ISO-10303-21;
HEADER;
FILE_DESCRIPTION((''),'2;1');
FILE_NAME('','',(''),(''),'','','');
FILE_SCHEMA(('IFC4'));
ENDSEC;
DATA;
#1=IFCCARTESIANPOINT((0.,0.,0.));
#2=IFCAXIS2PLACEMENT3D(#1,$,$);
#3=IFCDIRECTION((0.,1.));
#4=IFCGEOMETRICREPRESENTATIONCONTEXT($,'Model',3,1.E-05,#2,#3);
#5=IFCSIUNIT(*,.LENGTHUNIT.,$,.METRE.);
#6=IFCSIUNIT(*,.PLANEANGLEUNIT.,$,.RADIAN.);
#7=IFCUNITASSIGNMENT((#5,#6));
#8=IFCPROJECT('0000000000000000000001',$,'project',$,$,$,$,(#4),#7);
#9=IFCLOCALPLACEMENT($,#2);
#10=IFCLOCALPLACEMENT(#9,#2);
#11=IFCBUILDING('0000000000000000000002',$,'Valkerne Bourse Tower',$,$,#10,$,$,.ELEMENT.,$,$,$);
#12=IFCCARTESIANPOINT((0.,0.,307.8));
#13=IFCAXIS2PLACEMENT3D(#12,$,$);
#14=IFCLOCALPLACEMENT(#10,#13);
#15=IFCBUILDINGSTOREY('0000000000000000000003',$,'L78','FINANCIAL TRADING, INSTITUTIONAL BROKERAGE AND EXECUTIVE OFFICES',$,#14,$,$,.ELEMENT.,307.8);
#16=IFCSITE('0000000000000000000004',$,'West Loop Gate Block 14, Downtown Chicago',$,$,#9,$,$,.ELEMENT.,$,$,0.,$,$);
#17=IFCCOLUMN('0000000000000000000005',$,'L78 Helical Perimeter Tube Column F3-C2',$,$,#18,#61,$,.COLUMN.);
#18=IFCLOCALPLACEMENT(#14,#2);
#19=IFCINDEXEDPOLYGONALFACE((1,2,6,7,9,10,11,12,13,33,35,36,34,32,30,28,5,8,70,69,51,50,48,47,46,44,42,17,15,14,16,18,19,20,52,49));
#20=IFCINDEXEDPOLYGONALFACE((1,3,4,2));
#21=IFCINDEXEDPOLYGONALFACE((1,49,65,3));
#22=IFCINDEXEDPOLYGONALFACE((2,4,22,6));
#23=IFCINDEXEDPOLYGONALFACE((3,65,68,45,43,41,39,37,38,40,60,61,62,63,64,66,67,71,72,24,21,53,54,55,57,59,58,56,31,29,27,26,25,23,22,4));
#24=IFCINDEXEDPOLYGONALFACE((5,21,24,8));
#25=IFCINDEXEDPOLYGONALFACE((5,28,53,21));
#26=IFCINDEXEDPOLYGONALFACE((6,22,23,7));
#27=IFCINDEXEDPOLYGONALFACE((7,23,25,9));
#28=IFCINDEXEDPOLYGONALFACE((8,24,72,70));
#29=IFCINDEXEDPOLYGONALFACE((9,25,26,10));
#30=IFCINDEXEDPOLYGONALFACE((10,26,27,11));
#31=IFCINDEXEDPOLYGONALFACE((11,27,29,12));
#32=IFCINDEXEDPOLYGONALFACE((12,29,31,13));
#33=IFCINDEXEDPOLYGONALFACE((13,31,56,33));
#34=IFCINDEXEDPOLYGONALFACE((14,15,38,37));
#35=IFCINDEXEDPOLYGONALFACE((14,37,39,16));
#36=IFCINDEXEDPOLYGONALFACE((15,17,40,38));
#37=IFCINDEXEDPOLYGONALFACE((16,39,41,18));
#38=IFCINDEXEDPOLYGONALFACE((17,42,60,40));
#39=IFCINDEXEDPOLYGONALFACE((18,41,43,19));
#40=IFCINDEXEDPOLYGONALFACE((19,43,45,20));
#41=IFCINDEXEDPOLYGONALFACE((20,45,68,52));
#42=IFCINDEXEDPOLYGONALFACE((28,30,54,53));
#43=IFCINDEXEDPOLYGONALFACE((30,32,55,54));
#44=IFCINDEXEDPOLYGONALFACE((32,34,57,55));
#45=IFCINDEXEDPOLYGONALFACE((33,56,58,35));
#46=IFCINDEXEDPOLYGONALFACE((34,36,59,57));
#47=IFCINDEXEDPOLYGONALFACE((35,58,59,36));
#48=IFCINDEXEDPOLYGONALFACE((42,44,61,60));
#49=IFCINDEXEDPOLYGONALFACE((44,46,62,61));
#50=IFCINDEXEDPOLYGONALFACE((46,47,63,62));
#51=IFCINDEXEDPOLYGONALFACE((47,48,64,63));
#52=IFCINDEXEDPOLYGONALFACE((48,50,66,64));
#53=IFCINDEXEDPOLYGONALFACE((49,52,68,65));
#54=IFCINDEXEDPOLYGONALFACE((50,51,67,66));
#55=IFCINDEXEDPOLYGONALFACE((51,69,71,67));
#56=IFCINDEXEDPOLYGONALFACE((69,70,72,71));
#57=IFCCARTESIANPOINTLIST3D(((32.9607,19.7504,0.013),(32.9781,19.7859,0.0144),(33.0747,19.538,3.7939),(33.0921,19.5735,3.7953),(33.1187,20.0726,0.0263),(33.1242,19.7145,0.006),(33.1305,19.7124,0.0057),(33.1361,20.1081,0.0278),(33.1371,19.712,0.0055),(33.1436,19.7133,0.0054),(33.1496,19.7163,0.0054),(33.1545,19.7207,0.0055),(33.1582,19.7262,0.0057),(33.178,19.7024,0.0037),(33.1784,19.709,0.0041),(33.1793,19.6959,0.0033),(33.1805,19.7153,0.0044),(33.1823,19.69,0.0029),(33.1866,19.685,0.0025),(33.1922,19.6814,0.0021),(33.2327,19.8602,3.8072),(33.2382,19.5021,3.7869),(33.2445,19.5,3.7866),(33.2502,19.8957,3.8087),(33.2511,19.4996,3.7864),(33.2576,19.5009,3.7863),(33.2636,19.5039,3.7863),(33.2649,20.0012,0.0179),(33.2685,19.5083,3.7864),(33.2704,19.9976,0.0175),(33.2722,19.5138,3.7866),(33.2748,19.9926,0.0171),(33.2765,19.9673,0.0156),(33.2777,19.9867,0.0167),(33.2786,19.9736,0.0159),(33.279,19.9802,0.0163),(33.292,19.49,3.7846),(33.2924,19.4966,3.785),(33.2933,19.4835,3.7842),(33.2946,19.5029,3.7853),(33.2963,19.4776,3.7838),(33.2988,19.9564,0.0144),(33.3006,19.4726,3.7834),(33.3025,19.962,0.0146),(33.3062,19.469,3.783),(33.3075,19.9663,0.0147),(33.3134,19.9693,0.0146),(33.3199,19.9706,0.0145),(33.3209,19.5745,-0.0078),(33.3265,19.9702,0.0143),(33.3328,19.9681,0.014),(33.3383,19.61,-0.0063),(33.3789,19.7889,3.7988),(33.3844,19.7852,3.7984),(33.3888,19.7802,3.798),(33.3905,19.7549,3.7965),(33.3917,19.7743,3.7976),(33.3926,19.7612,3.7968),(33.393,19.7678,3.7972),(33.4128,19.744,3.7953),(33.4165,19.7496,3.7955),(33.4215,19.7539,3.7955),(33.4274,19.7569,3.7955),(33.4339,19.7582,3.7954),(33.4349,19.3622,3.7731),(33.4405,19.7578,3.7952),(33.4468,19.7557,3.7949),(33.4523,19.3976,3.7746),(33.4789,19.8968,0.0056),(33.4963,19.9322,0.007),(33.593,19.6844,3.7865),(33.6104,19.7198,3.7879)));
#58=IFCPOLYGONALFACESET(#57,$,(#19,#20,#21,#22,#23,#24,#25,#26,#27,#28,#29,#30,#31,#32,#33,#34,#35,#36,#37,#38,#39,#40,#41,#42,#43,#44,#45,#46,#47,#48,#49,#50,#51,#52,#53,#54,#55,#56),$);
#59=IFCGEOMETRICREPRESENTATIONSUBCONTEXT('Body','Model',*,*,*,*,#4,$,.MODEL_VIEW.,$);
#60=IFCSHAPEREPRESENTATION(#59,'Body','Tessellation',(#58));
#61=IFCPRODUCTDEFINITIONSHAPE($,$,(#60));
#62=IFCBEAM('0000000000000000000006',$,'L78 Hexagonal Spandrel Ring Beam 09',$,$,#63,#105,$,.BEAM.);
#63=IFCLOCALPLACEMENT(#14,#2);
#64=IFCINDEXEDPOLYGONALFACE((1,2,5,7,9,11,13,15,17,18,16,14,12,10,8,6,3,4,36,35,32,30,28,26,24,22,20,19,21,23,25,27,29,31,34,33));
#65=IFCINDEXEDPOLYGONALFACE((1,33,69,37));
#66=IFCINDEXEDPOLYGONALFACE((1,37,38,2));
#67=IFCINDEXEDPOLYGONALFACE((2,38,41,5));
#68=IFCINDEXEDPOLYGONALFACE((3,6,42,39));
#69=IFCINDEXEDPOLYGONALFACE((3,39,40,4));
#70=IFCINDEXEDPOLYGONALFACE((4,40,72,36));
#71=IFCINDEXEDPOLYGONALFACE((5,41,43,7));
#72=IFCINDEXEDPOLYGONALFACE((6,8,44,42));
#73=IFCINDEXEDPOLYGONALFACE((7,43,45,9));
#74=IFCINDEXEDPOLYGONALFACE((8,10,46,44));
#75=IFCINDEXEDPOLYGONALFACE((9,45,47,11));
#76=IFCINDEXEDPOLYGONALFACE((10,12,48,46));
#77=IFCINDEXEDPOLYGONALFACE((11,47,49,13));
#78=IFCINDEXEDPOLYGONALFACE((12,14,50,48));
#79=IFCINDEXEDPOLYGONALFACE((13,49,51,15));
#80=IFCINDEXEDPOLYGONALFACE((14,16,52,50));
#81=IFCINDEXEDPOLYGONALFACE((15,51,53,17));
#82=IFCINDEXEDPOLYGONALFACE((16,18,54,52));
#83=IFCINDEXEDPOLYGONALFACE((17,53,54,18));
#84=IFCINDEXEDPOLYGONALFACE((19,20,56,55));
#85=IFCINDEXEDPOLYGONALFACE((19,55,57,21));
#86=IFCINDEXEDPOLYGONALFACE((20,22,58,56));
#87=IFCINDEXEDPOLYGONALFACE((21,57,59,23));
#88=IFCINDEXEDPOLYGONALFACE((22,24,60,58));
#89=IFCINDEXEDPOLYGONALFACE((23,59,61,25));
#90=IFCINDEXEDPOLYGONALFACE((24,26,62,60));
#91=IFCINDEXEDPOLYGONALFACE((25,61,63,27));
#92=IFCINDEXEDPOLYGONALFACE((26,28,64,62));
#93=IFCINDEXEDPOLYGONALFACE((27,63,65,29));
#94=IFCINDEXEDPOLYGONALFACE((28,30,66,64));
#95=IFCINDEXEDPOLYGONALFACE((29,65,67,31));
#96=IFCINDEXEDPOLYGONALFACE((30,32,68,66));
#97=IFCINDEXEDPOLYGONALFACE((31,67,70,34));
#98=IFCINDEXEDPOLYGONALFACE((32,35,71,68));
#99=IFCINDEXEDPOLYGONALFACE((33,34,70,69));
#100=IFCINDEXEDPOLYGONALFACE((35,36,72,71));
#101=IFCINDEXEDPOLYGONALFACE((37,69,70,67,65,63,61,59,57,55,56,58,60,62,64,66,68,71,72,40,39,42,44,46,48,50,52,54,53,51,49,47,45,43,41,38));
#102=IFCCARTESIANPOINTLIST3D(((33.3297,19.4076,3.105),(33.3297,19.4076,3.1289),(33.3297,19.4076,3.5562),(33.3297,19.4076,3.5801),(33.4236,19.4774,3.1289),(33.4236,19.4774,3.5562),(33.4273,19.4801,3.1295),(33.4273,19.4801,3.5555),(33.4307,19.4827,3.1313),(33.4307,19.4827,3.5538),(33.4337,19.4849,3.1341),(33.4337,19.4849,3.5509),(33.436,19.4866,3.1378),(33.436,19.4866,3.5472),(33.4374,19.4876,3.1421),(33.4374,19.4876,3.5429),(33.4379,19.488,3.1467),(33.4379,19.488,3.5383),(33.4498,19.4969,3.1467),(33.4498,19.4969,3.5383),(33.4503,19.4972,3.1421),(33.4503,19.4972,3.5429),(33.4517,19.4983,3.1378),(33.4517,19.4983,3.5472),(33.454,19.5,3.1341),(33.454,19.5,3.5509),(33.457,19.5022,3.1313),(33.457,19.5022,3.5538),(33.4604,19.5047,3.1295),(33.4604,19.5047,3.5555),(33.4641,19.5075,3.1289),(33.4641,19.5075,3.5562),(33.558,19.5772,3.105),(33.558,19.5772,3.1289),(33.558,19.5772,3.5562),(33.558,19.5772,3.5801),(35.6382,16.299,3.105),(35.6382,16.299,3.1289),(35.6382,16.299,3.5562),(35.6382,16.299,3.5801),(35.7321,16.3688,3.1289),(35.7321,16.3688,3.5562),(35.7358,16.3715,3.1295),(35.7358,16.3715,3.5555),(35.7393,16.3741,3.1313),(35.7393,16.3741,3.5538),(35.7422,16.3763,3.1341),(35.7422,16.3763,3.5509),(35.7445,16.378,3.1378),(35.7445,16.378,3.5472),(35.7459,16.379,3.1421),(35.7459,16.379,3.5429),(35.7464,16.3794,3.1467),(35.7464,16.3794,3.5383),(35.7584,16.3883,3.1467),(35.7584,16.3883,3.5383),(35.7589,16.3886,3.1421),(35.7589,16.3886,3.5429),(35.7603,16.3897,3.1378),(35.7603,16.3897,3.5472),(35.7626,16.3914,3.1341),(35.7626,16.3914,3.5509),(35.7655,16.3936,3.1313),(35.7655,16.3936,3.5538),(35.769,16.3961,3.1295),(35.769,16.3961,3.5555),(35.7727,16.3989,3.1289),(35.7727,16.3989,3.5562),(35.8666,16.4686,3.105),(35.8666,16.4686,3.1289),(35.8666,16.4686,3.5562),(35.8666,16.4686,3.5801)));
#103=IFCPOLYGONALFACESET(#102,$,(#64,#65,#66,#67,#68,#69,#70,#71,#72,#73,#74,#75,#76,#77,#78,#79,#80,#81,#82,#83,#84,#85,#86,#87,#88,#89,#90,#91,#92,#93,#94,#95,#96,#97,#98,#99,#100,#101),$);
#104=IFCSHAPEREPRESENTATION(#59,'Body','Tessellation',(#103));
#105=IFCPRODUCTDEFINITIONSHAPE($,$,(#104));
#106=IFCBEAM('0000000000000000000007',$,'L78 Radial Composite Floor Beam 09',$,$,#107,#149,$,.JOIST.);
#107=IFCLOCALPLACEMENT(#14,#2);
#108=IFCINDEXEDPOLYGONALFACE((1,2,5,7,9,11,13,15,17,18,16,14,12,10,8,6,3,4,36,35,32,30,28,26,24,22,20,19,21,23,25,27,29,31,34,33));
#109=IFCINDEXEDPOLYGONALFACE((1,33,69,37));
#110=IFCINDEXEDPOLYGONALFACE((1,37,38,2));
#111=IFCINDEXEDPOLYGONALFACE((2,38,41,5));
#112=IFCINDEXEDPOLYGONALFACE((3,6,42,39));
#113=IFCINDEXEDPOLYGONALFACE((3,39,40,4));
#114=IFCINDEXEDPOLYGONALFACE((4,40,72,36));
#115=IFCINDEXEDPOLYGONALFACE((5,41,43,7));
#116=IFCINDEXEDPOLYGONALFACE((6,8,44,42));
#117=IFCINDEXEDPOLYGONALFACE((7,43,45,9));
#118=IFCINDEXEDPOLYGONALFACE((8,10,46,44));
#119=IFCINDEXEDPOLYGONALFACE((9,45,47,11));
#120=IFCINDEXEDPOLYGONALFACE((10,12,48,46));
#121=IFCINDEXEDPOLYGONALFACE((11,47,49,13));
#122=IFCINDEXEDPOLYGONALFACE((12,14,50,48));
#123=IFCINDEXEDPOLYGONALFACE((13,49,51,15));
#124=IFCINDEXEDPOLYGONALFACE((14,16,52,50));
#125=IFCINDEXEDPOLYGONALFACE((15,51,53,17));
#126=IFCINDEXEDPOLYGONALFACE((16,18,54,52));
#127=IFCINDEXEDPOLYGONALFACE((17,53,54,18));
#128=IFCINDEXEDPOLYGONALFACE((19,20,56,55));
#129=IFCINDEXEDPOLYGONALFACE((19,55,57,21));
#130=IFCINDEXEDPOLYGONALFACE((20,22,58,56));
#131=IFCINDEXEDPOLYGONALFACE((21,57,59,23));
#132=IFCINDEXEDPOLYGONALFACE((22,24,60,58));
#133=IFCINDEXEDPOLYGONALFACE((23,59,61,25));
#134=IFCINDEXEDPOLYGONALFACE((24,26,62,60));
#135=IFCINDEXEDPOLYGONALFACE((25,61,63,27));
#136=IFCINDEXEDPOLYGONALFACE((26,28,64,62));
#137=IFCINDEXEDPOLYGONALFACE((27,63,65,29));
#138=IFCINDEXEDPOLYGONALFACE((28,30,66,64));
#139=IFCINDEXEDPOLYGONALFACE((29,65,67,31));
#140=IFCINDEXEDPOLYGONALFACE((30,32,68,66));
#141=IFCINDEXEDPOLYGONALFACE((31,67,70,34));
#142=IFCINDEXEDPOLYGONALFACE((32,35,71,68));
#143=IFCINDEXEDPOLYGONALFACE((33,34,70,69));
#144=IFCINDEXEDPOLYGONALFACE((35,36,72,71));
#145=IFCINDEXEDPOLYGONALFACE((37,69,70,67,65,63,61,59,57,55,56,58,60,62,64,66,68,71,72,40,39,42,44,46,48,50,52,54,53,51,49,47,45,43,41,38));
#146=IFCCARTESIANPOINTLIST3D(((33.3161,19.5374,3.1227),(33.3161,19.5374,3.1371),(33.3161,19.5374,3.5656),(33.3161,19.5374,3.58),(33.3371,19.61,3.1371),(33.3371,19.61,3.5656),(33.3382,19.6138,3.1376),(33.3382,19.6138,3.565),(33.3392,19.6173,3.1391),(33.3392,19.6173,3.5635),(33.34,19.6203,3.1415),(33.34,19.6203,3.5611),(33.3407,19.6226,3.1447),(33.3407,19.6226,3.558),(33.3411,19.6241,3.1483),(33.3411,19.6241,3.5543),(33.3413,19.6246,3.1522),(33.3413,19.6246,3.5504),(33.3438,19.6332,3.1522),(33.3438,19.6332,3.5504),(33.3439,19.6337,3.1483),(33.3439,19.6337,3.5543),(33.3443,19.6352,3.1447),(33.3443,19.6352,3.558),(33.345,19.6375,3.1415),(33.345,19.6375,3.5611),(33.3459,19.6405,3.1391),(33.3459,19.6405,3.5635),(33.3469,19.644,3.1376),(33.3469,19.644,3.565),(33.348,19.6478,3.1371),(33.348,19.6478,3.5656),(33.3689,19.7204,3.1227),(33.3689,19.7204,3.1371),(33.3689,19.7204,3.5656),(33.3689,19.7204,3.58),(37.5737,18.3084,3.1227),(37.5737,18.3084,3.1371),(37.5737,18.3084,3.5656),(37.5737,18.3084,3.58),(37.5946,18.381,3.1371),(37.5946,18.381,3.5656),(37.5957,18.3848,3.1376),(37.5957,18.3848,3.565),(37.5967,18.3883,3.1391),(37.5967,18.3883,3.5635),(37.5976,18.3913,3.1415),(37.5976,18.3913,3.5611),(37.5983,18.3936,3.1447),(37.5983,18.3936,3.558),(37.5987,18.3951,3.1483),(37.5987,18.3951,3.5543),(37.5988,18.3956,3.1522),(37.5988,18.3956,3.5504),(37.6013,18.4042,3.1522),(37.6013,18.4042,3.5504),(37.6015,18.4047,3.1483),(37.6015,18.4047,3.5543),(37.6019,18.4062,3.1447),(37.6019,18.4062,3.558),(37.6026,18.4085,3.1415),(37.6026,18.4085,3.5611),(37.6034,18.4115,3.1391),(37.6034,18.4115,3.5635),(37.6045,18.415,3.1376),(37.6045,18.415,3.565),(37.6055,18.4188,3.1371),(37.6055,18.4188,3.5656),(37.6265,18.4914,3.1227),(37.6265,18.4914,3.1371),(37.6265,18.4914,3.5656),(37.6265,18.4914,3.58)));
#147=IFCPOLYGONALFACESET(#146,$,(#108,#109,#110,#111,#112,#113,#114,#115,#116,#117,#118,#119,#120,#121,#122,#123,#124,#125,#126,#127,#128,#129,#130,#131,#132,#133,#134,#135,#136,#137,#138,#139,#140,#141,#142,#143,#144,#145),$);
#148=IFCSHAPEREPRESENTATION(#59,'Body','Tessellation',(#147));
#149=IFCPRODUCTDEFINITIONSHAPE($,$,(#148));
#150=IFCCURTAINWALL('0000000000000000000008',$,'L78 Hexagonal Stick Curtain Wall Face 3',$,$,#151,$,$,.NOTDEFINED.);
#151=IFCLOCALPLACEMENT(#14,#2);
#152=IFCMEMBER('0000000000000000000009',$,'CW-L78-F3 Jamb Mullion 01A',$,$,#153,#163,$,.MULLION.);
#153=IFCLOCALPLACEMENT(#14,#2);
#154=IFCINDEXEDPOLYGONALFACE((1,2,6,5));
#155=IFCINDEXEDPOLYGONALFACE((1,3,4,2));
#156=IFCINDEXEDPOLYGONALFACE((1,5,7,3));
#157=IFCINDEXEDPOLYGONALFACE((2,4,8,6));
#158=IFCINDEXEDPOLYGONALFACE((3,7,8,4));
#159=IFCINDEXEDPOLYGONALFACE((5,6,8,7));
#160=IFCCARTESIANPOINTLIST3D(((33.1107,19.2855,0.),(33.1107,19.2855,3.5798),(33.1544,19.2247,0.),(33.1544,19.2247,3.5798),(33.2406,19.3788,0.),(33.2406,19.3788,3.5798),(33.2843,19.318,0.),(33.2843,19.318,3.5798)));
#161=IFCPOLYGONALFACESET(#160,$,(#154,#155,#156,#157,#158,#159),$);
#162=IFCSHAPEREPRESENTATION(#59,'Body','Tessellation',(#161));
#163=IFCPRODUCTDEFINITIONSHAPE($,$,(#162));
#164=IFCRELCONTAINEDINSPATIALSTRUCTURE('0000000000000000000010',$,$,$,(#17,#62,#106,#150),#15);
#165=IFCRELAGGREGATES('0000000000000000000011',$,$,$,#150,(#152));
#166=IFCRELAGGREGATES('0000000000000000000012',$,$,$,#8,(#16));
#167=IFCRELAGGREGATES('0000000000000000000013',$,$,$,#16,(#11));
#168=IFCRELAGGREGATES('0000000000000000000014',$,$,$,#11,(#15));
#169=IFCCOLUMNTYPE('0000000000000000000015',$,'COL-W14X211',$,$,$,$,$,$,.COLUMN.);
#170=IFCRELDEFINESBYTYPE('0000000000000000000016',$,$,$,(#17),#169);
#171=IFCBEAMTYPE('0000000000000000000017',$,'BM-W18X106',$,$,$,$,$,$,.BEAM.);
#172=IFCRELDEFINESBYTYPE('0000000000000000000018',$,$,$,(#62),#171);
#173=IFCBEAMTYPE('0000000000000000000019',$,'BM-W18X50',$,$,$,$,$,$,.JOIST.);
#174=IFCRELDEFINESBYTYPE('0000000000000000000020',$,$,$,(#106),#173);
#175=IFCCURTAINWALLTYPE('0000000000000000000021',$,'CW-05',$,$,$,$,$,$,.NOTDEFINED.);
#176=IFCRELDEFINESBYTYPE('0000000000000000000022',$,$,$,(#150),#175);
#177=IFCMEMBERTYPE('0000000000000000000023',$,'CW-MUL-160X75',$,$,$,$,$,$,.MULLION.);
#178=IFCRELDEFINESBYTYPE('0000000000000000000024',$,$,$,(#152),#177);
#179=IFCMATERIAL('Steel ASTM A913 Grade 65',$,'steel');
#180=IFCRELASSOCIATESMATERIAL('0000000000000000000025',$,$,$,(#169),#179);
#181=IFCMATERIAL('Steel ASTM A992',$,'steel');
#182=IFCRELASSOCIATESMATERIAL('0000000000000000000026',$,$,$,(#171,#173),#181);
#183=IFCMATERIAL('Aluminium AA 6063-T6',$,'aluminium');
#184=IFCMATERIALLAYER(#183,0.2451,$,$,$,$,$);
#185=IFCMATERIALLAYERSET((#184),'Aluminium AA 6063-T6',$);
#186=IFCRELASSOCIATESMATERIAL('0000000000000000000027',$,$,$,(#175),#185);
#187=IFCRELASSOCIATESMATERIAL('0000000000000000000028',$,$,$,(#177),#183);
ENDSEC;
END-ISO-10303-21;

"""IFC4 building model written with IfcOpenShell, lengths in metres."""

from ifc_helpers import new_model, si_unit, direction, frame, origin, origin_2d, place, context, subcontext, project, spatial, rectangle, i_section, extrude, material, layer, layer_set, material_profile, profile_set, type_object, element, aggregate, save


model = new_model("IFC4")

# Units and contexts
model_context = context("Model", 3, precision=1e-05, world=origin(), true_north=direction((0.0, 1.0)))
body_context = subcontext(model_context, "Body", "Model", "MODEL_VIEW")
ifc_project = project(units=[si_unit("LENGTHUNIT", "METRE"), si_unit("PLANEANGLEUNIT", "RADIAN")], contexts=[model_context])

# Site, building, storey
site_placement = place(None, origin())
site = spatial("IfcSite", under=ifc_project, at=site_placement, Name="West Loop Gate Block 14, Downtown Chicago", CompositionType="ELEMENT", RefElevation=0.0)
building_placement = place(site_placement, origin())
building = spatial("IfcBuilding", under=site, at=building_placement, Name="Valkerne Bourse Tower", CompositionType="ELEMENT")
storey_placement = place(building_placement, frame((0.0, 0.0, 307.8)))
storey = spatial("IfcBuildingStorey", under=building, at=storey_placement, Name="L78", Description="FINANCIAL TRADING, INSTITUTIONAL BROKERAGE AND EXECUTIVE OFFICES", CompositionType="ELEMENT", Elevation=307.8)

# Column
ifc_material_1 = material(Name="Steel ASTM A913 Grade 65", Category="steel")
ifc_material_profile_1 = material_profile(ifc_material_1, i_section(OverallWidth=0.4014, OverallDepth=0.3987, WebThickness=0.0249, FlangeThickness=0.0396, FilletRadius=0.0254, at=origin_2d()), Name="W14X211")
ifc_profile_set_1 = profile_set([ifc_material_profile_1], Name="Steel ASTM A913 Grade 65")
column_type = type_object("IfcColumnType", Name="COL-W14X211", PredefinedType="COLUMN", material=ifc_profile_set_1)
column_placement = place(storey_placement, frame((33.2285, 19.8413, 0.01), z_axis=(0.030093, -0.056062, 0.997974), x_axis=(0.89745, -0.43808, -0.051672)))
element("IfcColumn", 1, at=column_placement, inside=storey, type_object=column_type, Name="L78 Helical Perimeter Tube Column F3-C2", PredefinedType="COLUMN", context=body_context, shape_type="SweptSolid", body=[
    extrude(i_section(OverallWidth=0.4014, OverallDepth=0.3987, WebThickness=0.0249, FlangeThickness=0.0396, FilletRadius=0.0254, at=origin_2d()), origin(), (0.0, 0.0, 1.0), 3.7886),
])

# Beams
ifc_material_2 = material(Name="Steel ASTM A992", Category="steel")
ifc_material_profile_2 = material_profile(ifc_material_2, i_section(OverallWidth=0.2844, OverallDepth=0.4751, WebThickness=0.0149, FlangeThickness=0.0239, FilletRadius=0.0178, at=origin_2d()), Name="W18X106")
ifc_profile_set_2 = profile_set([ifc_material_profile_2], Name="Steel ASTM A992")
beam_type_1 = type_object("IfcBeamType", Name="BM-W18X106", PredefinedType="BEAM", material=ifc_profile_set_2)
beam_1_placement = place(storey_placement, frame((33.4438, 19.4924, 3.3425), z_axis=(0.59621, -0.802828, 0.0), x_axis=(0.802828, 0.59621, 0.0)))
element("IfcBeam", 2, at=beam_1_placement, inside=storey, type_object=beam_type_1, Name="L78 Hexagonal Spandrel Ring Beam 09", PredefinedType="BEAM", context=body_context, shape_type="SweptSolid", body=[
    extrude(i_section(OverallWidth=0.2844, OverallDepth=0.4751, WebThickness=0.0149, FlangeThickness=0.0239, FilletRadius=0.0178, at=origin_2d()), origin(), (0.0, 0.0, 1.0), 3.8721),
])
ifc_material_profile_3 = material_profile(ifc_material_2, i_section(OverallWidth=0.1904, OverallDepth=0.4573, WebThickness=0.009, FlangeThickness=0.0144, FilletRadius=0.0151, at=origin_2d()), Name="W18X50")
ifc_profile_set_3 = profile_set([ifc_material_profile_3], Name="Steel ASTM A992")
beam_type_2 = type_object("IfcBeamType", Name="BM-W18X50", PredefinedType="JOIST", material=ifc_profile_set_3)
beam_2_placement = place(storey_placement, frame((33.3425, 19.6289, 3.3513), z_axis=(0.960772, -0.27734, 0.0), x_axis=(0.27734, 0.960772, 0.0)))
element("IfcBeam", 3, at=beam_2_placement, inside=storey, type_object=beam_type_2, Name="L78 Radial Composite Floor Beam 09", PredefinedType="JOIST", context=body_context, shape_type="SweptSolid", body=[
    extrude(i_section(OverallWidth=0.1904, OverallDepth=0.4573, WebThickness=0.009, FlangeThickness=0.0144, FilletRadius=0.0151, at=origin_2d()), origin(), (0.0, 0.0, 1.0), 4.4314),
])

# Curtain wall, member
ifc_material_3 = material(Name="Aluminium AA 6063-T6", Category="aluminium")
ifc_layer_1 = layer(ifc_material_3, 0.2451)
ifc_layer_set_1 = layer_set([ifc_layer_1], Name="Aluminium AA 6063-T6")
curtain_wall_type = type_object("IfcCurtainWallType", Name="CW-05", PredefinedType="NOTDEFINED", material=ifc_layer_set_1)
curtain_wall_placement = place(storey_placement, origin())
curtain_wall = element("IfcCurtainWall", 4, at=curtain_wall_placement, inside=storey, type_object=curtain_wall_type, Name="L78 Hexagonal Stick Curtain Wall Face 3", PredefinedType="NOTDEFINED")
ifc_material_profile_4 = material_profile(ifc_material_3, rectangle(XDim=0.075, YDim=0.1599, at=origin_2d()), Name="CWM-75X160")
ifc_profile_set_4 = profile_set([ifc_material_profile_4], Name="Aluminium AA 6063-T6")
member_type_1 = type_object("IfcMemberType", Name="CW-MUL-160X75", PredefinedType="MULLION", material=ifc_profile_set_4)
member_1_placement = place(storey_placement, frame((33.1975, 19.3018, 0.0), z_axis=(0.0, 0.0, 1.0), x_axis=(0.583545, -0.812081, 0.0)))
member_1 = element("IfcMember", 5, at=member_1_placement, type_object=member_type_1, Name="CW-L78-F3 Jamb Mullion 01A", PredefinedType="MULLION", context=body_context, shape_type="SweptSolid", body=[
    extrude(rectangle(XDim=0.075, YDim=0.1599, at=origin_2d()), origin(), (0.0, 0.0, 1.0), 3.5798),
])

aggregate(curtain_wall, [member_1])

save(model, "model.ifc")
